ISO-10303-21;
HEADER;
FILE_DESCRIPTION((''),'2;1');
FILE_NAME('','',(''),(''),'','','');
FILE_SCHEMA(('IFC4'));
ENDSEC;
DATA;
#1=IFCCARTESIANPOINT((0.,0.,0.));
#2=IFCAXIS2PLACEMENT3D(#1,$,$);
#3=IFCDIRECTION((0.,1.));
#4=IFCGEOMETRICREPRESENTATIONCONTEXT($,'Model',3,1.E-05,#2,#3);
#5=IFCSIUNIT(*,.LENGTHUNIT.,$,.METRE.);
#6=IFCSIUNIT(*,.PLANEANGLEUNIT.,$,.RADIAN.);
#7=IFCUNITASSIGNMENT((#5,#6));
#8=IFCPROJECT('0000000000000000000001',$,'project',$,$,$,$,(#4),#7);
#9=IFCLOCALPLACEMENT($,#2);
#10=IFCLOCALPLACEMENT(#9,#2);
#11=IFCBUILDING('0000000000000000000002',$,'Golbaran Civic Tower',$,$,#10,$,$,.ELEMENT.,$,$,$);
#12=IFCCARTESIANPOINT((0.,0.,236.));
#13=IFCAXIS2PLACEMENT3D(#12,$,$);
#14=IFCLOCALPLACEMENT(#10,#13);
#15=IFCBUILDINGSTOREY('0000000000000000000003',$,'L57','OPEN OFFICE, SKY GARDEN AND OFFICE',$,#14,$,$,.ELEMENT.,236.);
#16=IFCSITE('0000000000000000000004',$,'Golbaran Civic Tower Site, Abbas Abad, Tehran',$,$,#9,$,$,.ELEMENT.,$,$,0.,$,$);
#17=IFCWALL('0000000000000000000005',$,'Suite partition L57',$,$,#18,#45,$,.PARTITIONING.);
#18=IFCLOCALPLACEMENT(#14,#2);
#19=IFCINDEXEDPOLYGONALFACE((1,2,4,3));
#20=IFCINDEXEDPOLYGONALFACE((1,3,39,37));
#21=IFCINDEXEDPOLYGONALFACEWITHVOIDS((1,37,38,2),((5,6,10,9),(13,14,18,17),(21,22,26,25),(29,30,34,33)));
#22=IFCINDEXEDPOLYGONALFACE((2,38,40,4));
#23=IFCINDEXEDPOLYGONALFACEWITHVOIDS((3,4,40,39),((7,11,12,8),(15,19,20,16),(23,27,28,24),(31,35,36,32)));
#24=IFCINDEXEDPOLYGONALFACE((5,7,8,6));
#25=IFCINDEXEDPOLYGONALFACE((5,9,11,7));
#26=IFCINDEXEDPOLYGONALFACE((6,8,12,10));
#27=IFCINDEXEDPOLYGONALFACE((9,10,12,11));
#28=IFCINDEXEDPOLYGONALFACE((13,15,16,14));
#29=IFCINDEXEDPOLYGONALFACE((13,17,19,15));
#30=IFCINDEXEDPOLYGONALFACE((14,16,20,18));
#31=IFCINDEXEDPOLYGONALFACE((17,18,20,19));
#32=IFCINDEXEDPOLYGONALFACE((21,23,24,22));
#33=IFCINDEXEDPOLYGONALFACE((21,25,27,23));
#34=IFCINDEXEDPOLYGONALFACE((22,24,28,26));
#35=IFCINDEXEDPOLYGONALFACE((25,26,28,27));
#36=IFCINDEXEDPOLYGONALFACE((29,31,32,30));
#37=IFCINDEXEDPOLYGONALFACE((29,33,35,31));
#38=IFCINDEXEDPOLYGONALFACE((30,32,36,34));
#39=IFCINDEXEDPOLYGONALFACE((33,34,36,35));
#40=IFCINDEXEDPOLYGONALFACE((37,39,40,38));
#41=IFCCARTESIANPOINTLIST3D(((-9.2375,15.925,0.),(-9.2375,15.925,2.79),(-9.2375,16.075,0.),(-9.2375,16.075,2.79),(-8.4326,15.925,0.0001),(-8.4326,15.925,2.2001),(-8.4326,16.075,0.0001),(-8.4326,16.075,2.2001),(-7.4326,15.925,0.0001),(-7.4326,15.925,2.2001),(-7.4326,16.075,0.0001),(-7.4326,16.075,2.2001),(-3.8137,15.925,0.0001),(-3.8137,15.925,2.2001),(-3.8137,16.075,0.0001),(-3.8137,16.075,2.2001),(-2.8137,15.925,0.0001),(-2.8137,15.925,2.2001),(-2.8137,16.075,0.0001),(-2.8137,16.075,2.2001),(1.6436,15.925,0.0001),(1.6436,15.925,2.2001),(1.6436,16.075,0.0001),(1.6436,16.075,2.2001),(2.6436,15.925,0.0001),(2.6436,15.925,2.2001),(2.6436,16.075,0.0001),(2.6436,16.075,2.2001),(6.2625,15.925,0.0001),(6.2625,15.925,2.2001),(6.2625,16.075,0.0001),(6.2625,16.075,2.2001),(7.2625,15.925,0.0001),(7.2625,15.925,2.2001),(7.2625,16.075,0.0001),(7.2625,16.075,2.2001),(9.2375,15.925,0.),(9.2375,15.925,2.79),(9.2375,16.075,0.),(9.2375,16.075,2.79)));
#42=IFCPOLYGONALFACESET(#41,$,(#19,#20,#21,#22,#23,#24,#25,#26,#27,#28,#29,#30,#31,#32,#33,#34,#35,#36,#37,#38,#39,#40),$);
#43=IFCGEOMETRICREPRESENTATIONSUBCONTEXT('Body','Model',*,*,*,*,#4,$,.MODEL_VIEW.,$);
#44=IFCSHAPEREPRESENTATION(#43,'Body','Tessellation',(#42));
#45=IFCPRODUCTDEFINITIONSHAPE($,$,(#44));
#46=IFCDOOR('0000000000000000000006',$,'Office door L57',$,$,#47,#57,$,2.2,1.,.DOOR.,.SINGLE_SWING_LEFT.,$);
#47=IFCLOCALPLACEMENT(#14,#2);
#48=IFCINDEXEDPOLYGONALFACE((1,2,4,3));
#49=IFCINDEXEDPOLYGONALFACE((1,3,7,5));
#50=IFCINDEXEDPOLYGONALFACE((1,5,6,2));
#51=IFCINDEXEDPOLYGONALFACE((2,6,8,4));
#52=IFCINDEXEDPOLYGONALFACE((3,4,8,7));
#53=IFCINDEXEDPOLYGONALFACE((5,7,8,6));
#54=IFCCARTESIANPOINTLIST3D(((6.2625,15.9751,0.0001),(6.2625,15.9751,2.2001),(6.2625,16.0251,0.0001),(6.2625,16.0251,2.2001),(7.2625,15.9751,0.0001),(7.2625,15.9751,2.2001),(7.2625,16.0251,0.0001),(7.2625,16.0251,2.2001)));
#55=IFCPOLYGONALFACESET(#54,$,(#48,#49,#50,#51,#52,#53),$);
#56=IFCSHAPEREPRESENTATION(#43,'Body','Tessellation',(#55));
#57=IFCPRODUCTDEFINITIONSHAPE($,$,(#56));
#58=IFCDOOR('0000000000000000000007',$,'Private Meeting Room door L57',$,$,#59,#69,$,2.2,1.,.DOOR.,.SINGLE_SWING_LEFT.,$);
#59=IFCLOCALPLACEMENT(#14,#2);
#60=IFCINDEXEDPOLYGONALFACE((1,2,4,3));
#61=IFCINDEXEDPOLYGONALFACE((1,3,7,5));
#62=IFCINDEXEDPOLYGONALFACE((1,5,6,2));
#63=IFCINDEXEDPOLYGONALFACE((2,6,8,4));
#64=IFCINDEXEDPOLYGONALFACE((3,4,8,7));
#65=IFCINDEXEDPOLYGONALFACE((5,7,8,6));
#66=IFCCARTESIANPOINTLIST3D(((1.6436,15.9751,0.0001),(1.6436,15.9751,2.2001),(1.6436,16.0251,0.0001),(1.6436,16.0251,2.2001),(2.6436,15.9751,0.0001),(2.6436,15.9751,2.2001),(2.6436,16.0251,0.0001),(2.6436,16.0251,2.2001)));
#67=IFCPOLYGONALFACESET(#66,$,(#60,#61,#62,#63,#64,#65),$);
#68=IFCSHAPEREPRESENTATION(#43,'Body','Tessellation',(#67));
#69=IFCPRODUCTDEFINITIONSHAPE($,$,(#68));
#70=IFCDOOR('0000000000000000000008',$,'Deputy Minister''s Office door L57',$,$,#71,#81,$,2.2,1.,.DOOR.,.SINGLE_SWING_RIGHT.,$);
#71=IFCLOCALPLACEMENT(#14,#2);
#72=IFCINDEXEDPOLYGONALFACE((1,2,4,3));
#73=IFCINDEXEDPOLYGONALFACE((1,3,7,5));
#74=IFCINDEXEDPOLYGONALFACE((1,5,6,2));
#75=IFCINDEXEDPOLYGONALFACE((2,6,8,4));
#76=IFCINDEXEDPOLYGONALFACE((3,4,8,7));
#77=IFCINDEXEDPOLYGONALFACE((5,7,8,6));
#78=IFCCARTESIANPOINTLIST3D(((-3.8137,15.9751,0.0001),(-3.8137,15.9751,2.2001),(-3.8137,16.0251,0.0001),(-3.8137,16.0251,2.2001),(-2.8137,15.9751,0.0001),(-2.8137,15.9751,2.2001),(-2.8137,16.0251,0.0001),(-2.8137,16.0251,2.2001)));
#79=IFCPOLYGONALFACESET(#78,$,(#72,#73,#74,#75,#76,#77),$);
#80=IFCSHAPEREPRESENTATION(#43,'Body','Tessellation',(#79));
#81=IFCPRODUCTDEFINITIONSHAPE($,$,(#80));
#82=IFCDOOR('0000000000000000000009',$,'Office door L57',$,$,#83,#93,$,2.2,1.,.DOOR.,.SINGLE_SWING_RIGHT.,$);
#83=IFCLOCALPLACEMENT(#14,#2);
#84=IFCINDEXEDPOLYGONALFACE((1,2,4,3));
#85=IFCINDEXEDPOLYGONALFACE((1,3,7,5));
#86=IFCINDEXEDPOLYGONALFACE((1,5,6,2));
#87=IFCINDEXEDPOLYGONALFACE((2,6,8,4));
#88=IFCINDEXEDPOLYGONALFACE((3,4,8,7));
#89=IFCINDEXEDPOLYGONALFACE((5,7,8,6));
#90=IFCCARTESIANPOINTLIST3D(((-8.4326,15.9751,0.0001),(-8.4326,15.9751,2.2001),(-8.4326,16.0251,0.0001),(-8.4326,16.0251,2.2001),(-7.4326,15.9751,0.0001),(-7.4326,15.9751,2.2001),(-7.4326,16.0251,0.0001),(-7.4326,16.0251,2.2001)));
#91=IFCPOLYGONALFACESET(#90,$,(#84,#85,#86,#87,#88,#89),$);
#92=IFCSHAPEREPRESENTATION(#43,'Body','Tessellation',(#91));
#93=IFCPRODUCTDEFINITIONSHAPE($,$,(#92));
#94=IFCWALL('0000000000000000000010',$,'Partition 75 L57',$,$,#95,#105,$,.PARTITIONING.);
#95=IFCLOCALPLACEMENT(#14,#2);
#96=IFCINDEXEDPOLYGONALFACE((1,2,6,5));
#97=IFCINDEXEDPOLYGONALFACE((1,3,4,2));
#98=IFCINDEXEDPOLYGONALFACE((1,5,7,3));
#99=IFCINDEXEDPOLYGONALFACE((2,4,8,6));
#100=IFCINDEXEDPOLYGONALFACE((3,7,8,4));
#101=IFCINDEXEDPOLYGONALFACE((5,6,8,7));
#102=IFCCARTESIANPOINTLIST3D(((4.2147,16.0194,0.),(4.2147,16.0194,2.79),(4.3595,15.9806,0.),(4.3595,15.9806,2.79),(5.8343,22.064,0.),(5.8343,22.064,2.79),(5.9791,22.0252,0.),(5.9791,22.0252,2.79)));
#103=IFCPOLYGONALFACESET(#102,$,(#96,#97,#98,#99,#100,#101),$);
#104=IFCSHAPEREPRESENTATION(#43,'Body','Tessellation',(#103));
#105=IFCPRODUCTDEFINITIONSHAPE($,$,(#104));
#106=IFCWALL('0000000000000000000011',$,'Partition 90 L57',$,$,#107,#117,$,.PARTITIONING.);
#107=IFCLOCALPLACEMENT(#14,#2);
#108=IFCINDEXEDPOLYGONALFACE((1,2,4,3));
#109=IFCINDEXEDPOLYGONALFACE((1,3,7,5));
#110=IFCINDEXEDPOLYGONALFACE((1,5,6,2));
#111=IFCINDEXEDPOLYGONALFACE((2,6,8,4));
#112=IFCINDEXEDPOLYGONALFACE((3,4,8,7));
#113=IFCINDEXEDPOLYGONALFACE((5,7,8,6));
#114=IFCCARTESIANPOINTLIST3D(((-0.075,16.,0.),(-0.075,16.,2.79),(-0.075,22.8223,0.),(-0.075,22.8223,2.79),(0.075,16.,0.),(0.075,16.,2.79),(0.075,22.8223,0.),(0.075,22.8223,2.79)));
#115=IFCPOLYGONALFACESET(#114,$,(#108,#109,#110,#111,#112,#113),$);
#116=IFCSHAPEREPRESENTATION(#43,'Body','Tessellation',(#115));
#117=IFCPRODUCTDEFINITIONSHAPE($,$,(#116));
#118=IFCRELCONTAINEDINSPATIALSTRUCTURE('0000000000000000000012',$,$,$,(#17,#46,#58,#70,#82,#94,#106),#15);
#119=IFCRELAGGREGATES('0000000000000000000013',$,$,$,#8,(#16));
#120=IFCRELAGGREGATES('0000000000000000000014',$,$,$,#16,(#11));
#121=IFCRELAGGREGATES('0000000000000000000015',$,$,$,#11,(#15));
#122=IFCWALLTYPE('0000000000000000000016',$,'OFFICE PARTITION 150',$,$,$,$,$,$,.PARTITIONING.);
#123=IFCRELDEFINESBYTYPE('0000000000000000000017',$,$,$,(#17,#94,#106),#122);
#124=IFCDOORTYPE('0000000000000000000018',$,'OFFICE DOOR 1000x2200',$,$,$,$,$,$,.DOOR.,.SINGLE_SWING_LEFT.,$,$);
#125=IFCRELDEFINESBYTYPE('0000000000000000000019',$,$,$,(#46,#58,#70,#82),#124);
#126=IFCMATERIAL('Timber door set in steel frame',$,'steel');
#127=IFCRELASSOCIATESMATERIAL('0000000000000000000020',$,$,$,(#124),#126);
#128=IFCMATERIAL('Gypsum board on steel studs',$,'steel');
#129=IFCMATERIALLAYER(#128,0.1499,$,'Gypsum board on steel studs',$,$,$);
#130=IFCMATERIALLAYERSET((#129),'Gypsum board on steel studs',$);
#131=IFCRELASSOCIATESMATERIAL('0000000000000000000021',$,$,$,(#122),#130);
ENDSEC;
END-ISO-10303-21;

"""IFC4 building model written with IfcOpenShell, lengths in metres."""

from ifc_helpers import new_model, si_unit, direction, frame, frame_2d, origin, place, context, subcontext, project, spatial, rectangle, extrude, material, layer, layer_set, type_object, element, fill, save


model = new_model("IFC4")

# Units and contexts
model_context = context("Model", 3, precision=1e-05, world=origin(), true_north=direction((0.0, 1.0)))
body_context = subcontext(model_context, "Body", "Model", "MODEL_VIEW")
ifc_project = project(units=[si_unit("LENGTHUNIT", "METRE"), si_unit("PLANEANGLEUNIT", "RADIAN")], contexts=[model_context])

# Site, building, storey
site_placement = place(None, origin())
site = spatial("IfcSite", under=ifc_project, at=site_placement, Name="Golbaran Civic Tower Site, Abbas Abad, Tehran", CompositionType="ELEMENT", RefElevation=0.0)
building_placement = place(site_placement, origin())
building = spatial("IfcBuilding", under=site, at=building_placement, Name="Golbaran Civic Tower", CompositionType="ELEMENT")
storey_placement = place(building_placement, frame((0.0, 0.0, 236.0)))
storey = spatial("IfcBuildingStorey", under=building, at=storey_placement, Name="L57", Description="OPEN OFFICE, SKY GARDEN AND OFFICE", CompositionType="ELEMENT", Elevation=236.0)

# Shared definitions
ifc_material_1 = material(Name="Timber door set in steel frame", Category="steel")
door_type_1 = type_object("IfcDoorType", Name="OFFICE DOOR 1000x2200", OperationType="SINGLE_SWING_LEFT", PredefinedType="DOOR", material=ifc_material_1)

# Shared definitions
ifc_material_2 = material(Name="Gypsum board on steel studs", Category="steel")
ifc_layer_1 = layer(ifc_material_2, 0.1499, Name="Gypsum board on steel studs")
ifc_layer_set_1 = layer_set([ifc_layer_1], Name="Gypsum board on steel studs")
wall_type_1 = type_object("IfcWallType", Name="OFFICE PARTITION 150", PredefinedType="PARTITIONING", material=ifc_layer_set_1)

# Wall, openings, doors
wall_1_placement = place(storey_placement, frame((9.2375, 16.0, 0.0), z_axis=(0.0, 0.0, 1.0), x_axis=(-1.0, 0.0, 0.0)))
wall_1 = element("IfcWall", 1, at=wall_1_placement, inside=storey, type_object=wall_type_1, Name="Suite partition L57", PredefinedType="PARTITIONING", context=body_context, shape_type="SweptSolid", body=[
    extrude(rectangle(XDim=18.4751, YDim=0.1499, at=frame_2d((9.2375, 0.0))), origin(), (0.0, 0.0, 1.0), 2.79),
])
opening_1_placement = place(wall_1_placement, frame((1.9751, 0.0, 0.0)))
opening_1 = element("IfcOpeningElement", 2, at=opening_1_placement, cuts=wall_1, PredefinedType="OPENING", context=body_context, shape_type="SweptSolid", body=[
    extrude(rectangle(XDim=1.0, YDim=2.2, at=frame_2d((0.5, 1.1001))), frame((0.0, 0.085, 0.0), z_axis=(0.0, -1.0, 0.0), x_axis=(1.0, 0.0, 0.0)), (0.0, 0.0, 1.0), 0.1699),
])
opening_2_placement = place(wall_1_placement, frame((6.594, 0.0, 0.0)))
opening_2 = element("IfcOpeningElement", 3, at=opening_2_placement, cuts=wall_1, PredefinedType="OPENING", context=body_context, shape_type="SweptSolid", body=[
    extrude(rectangle(XDim=1.0, YDim=2.2, at=frame_2d((0.5, 1.1001))), frame((0.0, 0.085, 0.0), z_axis=(0.0, -1.0, 0.0), x_axis=(1.0, 0.0, 0.0)), (0.0, 0.0, 1.0), 0.1699),
])
opening_3_placement = place(wall_1_placement, frame((12.0513, 0.0, 0.0)))
opening_3 = element("IfcOpeningElement", 4, at=opening_3_placement, cuts=wall_1, PredefinedType="OPENING", context=body_context, shape_type="SweptSolid", body=[
    extrude(rectangle(XDim=1.0, YDim=2.2, at=frame_2d((0.5, 1.1001))), frame((0.0, 0.085, 0.0), z_axis=(0.0, -1.0, 0.0), x_axis=(1.0, 0.0, 0.0)), (0.0, 0.0, 1.0), 0.1699),
])
opening_4_placement = place(wall_1_placement, frame((16.6702, 0.0, 0.0)))
opening_4 = element("IfcOpeningElement", 5, at=opening_4_placement, cuts=wall_1, PredefinedType="OPENING", context=body_context, shape_type="SweptSolid", body=[
    extrude(rectangle(XDim=1.0, YDim=2.2, at=frame_2d((0.5, 1.1001))), frame((0.0, 0.085, 0.0), z_axis=(0.0, -1.0, 0.0), x_axis=(1.0, 0.0, 0.0)), (0.0, 0.0, 1.0), 0.1699),
])
door_1_placement = place(opening_1_placement, origin())
door_1 = element("IfcDoor", 6, at=door_1_placement, inside=storey, type_object=door_type_1, Name="Office door L57", OperationType="SINGLE_SWING_LEFT", OverallHeight=2.2, OverallWidth=1.0, PredefinedType="DOOR", context=body_context, shape_type="SweptSolid", body=[
    extrude(rectangle(XDim=1.0, YDim=2.2, at=frame_2d((0.5, 1.1001))), frame((0.0, 0.0249, 0.0), z_axis=(0.0, -1.0, 0.0), x_axis=(1.0, 0.0, 0.0)), (0.0, 0.0, 1.0), 0.05),
])
fill(opening_1, door_1)
door_2_placement = place(opening_2_placement, origin())
door_2 = element("IfcDoor", 7, at=door_2_placement, inside=storey, type_object=door_type_1, Name="Private Meeting Room door L57", OperationType="SINGLE_SWING_LEFT", OverallHeight=2.2, OverallWidth=1.0, PredefinedType="DOOR", context=body_context, shape_type="SweptSolid", body=[
    extrude(rectangle(XDim=1.0, YDim=2.2, at=frame_2d((0.5, 1.1001))), frame((0.0, 0.0249, 0.0), z_axis=(0.0, -1.0, 0.0), x_axis=(1.0, 0.0, 0.0)), (0.0, 0.0, 1.0), 0.05),
])
fill(opening_2, door_2)
door_3_placement = place(opening_3_placement, origin())
door_3 = element("IfcDoor", 8, at=door_3_placement, inside=storey, type_object=door_type_1, Name="Deputy Minister's Office door L57", OperationType="SINGLE_SWING_RIGHT", OverallHeight=2.2, OverallWidth=1.0, PredefinedType="DOOR", context=body_context, shape_type="SweptSolid", body=[
    extrude(rectangle(XDim=1.0, YDim=2.2, at=frame_2d((0.5, 1.1001))), frame((0.0, 0.0249, 0.0), z_axis=(0.0, -1.0, 0.0), x_axis=(1.0, 0.0, 0.0)), (0.0, 0.0, 1.0), 0.05),
])
fill(opening_3, door_3)
door_4_placement = place(opening_4_placement, origin())
door_4 = element("IfcDoor", 9, at=door_4_placement, inside=storey, type_object=door_type_1, Name="Office door L57", OperationType="SINGLE_SWING_RIGHT", OverallHeight=2.2, OverallWidth=1.0, PredefinedType="DOOR", context=body_context, shape_type="SweptSolid", body=[
    extrude(rectangle(XDim=1.0, YDim=2.2, at=frame_2d((0.5, 1.1001))), frame((0.0, 0.0249, 0.0), z_axis=(0.0, -1.0, 0.0), x_axis=(1.0, 0.0, 0.0)), (0.0, 0.0, 1.0), 0.05),
])
fill(opening_4, door_4)

# Walls
wall_2_placement = place(storey_placement, frame((4.2871, 16.0, 0.0), z_axis=(0.0, 0.0, 1.0), x_axis=(0.258813, 0.965927, 0.0)))
element("IfcWall", 10, at=wall_2_placement, inside=storey, type_object=wall_type_1, Name="Partition 75 L57", PredefinedType="PARTITIONING", context=body_context, shape_type="SweptSolid", body=[
    extrude(rectangle(XDim=6.2578, YDim=0.1499, at=frame_2d((3.1289, 0.0))), origin(), (0.0, 0.0, 1.0), 2.79),
])
wall_3_placement = place(storey_placement, frame((0.0, 16.0, 0.0), z_axis=(0.0, 0.0, 1.0), x_axis=(0.0, 1.0, 0.0)))
element("IfcWall", 11, at=wall_3_placement, inside=storey, type_object=wall_type_1, Name="Partition 90 L57", PredefinedType="PARTITIONING", context=body_context, shape_type="SweptSolid", body=[
    extrude(rectangle(XDim=6.8223, YDim=0.1499, at=frame_2d((3.4111, 0.0))), origin(), (0.0, 0.0, 1.0), 2.79),
])

save(model, "model.ifc")
